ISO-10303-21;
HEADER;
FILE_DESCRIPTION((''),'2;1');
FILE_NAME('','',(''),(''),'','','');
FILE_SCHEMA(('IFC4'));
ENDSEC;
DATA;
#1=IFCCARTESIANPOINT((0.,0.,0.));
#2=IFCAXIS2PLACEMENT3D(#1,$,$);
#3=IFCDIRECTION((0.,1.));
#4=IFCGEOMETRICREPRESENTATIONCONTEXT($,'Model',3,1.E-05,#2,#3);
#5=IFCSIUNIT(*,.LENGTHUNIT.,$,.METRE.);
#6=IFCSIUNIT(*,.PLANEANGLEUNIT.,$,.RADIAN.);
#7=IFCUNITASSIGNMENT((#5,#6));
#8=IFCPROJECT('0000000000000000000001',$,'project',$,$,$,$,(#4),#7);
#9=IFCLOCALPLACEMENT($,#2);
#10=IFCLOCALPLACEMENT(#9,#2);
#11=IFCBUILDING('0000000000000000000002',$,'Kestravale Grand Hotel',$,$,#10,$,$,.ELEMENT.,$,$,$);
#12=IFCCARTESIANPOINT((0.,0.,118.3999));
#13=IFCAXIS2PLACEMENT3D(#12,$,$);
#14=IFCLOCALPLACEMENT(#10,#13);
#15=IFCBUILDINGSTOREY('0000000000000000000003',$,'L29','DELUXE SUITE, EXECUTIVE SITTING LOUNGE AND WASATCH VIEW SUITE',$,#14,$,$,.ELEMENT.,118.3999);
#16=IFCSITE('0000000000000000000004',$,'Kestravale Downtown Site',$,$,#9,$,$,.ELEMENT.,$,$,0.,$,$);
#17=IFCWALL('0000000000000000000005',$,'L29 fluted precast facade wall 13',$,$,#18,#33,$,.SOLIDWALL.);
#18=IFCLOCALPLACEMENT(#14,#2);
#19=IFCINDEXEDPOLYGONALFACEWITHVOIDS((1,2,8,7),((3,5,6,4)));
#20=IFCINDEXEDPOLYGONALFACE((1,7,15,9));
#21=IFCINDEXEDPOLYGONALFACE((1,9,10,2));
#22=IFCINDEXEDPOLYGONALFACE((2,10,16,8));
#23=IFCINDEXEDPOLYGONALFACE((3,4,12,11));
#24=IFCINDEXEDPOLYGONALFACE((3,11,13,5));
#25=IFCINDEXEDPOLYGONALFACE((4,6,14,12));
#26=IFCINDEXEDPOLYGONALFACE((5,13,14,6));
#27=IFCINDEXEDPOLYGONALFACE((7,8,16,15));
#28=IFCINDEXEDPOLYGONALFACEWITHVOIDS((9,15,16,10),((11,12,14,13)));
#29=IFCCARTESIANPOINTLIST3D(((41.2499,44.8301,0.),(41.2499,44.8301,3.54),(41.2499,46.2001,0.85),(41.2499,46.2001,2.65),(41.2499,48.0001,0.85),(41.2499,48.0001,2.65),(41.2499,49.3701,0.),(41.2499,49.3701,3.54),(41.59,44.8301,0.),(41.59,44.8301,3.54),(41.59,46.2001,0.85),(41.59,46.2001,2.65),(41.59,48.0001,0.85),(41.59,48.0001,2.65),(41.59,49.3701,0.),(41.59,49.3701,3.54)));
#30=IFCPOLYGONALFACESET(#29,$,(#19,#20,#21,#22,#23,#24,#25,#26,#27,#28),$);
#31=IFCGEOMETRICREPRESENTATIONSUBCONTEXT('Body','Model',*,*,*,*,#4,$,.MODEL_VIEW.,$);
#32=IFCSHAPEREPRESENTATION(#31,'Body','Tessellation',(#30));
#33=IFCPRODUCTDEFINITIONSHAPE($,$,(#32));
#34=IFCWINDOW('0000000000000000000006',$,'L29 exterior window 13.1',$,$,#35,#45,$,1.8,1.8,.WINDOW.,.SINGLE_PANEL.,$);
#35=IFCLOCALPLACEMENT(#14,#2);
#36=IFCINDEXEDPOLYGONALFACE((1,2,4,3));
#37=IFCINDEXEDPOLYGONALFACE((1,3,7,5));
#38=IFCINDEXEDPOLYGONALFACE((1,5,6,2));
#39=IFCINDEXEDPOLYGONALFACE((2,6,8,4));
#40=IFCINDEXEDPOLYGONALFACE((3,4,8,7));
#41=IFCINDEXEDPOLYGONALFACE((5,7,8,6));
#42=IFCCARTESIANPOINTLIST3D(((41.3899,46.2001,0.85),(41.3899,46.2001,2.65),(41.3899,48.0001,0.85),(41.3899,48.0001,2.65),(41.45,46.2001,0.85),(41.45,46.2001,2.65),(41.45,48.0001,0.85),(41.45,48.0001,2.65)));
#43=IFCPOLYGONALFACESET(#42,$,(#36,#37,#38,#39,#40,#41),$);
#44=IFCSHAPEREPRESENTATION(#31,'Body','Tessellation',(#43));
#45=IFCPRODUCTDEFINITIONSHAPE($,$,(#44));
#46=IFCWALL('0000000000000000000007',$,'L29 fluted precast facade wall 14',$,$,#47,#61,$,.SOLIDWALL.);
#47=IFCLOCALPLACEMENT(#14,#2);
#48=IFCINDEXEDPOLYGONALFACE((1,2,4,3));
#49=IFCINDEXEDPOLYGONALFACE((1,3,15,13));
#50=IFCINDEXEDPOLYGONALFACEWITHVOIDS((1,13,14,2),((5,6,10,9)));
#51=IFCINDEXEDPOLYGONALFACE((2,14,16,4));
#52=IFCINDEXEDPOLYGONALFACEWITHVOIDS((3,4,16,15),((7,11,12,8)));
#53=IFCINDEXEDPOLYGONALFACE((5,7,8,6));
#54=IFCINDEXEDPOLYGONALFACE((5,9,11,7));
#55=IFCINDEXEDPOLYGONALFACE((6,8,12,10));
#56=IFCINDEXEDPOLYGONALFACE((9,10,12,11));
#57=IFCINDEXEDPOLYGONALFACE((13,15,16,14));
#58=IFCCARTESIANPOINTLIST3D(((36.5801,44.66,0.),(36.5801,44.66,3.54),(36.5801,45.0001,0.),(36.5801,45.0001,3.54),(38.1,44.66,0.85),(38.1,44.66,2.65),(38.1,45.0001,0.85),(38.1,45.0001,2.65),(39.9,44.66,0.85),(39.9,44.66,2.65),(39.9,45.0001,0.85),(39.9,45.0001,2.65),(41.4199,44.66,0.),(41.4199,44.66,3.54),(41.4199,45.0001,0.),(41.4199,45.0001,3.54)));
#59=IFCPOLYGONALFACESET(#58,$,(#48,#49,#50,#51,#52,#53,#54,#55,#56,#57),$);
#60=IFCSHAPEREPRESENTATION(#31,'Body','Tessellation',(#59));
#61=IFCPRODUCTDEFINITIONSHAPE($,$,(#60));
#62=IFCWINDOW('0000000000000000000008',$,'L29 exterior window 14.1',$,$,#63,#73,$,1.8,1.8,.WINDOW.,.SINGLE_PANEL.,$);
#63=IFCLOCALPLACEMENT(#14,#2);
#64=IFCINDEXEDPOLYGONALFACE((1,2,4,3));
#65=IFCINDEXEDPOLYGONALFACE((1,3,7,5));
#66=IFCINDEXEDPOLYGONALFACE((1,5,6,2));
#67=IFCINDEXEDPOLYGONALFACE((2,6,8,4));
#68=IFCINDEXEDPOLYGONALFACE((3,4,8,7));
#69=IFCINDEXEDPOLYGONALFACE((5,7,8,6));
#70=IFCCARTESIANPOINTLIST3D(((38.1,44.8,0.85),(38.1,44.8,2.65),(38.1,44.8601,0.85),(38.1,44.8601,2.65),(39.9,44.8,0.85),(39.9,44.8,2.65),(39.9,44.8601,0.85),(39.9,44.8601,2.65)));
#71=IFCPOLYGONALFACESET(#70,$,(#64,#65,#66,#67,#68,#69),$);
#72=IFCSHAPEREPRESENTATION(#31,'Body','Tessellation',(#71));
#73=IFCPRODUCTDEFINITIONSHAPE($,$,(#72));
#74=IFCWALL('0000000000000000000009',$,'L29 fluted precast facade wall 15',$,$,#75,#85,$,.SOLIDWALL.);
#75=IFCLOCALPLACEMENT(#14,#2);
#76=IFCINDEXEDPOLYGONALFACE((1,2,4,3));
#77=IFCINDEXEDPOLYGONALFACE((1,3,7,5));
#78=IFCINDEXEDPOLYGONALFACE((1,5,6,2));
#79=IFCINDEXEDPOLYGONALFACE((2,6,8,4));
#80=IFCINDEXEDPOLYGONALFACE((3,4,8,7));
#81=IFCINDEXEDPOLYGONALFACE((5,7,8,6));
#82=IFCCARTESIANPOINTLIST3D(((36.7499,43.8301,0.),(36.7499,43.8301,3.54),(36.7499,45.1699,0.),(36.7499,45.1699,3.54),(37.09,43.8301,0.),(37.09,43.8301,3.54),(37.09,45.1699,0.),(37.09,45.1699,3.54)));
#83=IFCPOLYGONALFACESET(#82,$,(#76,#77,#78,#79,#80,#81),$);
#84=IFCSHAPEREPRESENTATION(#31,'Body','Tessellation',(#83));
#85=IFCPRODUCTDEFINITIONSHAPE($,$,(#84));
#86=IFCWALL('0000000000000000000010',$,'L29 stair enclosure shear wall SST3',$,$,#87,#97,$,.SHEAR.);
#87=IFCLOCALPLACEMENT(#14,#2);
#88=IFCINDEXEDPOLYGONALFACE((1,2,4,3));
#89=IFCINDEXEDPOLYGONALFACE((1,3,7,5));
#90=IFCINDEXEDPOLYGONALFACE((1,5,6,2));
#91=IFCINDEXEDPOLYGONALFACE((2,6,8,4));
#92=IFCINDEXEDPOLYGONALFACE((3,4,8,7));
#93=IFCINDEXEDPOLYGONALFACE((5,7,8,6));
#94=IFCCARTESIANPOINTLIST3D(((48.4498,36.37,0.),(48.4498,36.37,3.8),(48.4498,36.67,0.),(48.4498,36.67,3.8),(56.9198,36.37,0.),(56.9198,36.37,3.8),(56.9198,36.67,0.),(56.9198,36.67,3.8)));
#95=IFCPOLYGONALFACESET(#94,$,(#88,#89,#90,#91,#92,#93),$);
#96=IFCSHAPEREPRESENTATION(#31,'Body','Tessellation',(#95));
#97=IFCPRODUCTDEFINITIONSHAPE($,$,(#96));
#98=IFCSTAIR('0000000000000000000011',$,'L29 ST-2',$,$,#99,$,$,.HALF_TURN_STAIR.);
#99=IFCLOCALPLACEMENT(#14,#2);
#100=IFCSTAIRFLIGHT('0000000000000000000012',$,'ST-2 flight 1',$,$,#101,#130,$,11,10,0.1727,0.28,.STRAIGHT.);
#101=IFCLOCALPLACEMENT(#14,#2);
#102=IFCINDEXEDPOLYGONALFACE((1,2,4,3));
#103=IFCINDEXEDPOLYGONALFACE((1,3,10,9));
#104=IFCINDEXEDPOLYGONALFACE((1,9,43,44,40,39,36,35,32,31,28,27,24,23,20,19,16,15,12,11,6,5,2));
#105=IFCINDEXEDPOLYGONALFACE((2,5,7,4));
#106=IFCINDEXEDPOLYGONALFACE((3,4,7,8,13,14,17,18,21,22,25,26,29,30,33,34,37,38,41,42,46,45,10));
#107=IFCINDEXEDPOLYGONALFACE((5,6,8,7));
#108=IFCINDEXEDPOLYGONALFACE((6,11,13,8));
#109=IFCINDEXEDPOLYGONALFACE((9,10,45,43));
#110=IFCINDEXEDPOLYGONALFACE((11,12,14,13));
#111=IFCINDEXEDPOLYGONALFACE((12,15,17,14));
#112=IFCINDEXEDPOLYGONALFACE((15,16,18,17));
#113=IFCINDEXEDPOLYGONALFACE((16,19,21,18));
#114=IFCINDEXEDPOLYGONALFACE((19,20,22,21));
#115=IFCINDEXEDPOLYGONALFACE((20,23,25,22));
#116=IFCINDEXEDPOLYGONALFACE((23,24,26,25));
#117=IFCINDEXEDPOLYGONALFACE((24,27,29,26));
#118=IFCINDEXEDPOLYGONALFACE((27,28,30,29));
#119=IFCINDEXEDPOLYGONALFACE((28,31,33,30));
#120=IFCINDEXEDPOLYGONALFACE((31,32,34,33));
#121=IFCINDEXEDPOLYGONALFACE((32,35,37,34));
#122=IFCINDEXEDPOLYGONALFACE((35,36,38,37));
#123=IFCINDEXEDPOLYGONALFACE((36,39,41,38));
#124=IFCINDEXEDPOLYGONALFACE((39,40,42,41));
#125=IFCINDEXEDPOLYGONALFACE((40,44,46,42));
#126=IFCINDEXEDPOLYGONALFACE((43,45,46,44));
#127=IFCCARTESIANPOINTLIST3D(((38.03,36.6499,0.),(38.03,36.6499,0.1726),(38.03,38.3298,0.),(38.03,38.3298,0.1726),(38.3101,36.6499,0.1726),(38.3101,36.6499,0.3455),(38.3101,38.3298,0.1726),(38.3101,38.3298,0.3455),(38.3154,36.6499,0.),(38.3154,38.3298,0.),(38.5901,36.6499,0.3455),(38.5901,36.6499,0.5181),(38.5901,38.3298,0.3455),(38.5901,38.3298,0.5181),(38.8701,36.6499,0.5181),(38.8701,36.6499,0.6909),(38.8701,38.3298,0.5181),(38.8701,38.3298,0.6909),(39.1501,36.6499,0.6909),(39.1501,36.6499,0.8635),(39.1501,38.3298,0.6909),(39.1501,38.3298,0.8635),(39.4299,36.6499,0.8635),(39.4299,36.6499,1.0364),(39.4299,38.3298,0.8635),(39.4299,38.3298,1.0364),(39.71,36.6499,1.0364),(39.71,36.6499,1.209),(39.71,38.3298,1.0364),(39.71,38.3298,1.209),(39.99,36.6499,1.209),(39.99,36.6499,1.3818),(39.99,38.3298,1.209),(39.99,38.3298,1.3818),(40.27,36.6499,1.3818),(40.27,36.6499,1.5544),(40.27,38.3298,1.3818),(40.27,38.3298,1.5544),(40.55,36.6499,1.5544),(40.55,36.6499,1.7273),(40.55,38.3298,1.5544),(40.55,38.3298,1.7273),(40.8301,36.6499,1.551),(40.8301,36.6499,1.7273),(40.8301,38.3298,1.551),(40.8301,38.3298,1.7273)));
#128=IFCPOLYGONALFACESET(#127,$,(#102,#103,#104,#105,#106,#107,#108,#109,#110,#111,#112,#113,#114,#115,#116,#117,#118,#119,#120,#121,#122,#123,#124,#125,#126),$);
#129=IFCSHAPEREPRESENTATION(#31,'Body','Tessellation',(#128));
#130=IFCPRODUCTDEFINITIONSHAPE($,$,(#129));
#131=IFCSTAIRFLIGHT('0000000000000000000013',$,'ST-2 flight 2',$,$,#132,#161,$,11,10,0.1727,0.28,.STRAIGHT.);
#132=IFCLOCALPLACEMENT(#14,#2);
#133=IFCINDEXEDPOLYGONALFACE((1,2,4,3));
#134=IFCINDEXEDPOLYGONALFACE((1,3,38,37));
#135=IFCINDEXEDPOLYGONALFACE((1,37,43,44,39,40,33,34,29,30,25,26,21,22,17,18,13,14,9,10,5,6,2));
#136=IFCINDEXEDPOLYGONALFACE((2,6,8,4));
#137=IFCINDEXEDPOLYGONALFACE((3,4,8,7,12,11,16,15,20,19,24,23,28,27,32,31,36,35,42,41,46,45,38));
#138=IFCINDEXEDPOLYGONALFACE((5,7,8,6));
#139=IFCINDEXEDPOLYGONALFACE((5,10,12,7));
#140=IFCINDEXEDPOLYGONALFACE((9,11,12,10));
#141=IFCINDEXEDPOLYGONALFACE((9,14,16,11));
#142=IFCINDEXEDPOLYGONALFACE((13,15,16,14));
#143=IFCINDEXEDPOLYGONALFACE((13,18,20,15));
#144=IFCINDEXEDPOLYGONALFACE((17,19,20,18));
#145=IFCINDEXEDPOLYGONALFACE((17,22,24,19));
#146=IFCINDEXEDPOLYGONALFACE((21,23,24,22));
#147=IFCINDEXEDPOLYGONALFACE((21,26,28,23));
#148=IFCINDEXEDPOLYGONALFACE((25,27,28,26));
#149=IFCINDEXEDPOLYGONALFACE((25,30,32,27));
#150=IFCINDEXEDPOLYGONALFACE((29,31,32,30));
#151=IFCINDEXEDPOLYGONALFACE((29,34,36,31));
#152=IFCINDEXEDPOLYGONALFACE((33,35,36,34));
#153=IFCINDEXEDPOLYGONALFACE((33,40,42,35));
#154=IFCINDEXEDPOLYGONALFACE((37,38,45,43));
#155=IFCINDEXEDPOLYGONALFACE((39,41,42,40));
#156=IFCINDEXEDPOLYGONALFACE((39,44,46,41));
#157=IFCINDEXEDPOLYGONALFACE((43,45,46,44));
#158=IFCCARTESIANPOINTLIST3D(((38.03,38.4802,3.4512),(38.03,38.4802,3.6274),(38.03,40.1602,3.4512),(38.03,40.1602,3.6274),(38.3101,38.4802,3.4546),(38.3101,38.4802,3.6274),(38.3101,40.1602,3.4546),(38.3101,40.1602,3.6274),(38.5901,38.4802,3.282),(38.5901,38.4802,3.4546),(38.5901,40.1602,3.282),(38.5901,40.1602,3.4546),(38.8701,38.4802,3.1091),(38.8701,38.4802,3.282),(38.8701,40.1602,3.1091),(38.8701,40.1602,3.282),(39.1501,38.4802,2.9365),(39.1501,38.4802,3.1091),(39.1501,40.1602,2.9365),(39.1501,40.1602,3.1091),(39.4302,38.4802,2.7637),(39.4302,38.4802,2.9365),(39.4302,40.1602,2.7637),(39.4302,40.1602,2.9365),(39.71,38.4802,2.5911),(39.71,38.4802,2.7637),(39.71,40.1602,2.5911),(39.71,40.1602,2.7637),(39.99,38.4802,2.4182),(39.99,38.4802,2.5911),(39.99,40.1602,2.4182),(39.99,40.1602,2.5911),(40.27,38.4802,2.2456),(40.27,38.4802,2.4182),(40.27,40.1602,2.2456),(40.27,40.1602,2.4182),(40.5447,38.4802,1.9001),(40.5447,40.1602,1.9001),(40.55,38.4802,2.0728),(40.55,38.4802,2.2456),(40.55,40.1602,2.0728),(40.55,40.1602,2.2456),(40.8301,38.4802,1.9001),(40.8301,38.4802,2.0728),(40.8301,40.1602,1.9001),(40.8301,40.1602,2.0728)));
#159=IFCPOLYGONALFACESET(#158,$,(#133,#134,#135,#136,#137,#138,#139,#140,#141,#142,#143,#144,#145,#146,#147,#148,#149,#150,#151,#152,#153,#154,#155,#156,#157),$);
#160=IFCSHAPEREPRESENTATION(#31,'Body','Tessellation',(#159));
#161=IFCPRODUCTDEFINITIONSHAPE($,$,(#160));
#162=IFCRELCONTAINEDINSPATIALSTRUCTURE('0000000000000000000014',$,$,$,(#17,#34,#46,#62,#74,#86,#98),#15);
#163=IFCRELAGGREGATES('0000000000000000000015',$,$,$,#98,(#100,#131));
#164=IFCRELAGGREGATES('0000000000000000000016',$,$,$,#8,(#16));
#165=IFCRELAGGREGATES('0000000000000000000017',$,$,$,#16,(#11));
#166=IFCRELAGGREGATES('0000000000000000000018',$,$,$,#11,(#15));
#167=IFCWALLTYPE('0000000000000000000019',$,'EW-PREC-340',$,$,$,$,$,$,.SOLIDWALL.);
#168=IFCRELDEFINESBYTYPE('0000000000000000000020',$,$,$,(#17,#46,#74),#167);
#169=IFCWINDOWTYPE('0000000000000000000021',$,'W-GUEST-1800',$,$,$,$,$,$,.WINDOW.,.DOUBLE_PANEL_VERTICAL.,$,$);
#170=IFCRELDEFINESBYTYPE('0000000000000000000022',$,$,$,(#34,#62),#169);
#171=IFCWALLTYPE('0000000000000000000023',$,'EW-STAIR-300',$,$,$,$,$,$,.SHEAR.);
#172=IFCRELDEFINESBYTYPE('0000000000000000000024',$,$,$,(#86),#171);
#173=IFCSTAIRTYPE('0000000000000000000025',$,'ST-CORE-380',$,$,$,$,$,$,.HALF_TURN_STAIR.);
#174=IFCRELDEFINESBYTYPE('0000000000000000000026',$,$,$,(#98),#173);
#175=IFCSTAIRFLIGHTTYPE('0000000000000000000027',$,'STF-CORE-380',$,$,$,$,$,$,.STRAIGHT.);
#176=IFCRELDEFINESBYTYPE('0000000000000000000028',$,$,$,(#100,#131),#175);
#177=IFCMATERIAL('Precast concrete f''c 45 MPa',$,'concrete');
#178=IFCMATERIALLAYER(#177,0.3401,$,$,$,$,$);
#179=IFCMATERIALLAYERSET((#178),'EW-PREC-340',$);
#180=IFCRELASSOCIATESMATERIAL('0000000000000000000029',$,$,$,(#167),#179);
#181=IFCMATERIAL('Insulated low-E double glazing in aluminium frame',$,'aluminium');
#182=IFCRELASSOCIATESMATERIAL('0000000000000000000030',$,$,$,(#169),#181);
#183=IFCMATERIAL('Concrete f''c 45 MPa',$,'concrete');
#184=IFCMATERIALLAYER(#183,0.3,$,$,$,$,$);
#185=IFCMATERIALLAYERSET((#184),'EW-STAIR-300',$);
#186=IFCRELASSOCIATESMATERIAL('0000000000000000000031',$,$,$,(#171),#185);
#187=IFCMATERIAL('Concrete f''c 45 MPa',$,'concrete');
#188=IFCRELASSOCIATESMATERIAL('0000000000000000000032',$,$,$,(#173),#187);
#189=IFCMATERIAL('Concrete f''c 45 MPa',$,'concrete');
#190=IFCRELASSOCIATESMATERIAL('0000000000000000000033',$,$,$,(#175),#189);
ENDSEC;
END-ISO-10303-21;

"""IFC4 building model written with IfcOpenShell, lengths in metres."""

from ifc_helpers import new_model, si_unit, direction, frame, frame_2d, origin, place, context, subcontext, project, spatial, polyline, rectangle, outline, extrude, material, layer, layer_set, type_object, element, fill, aggregate, save


model = new_model("IFC4")

# Units and contexts
model_context = context("Model", 3, precision=1e-05, world=origin(), true_north=direction((0.0, 1.0)))
body_context = subcontext(model_context, "Body", "Model", "MODEL_VIEW")
ifc_project = project(units=[si_unit("LENGTHUNIT", "METRE"), si_unit("PLANEANGLEUNIT", "RADIAN")], contexts=[model_context])

# Site, building, storey
site_placement = place(None, origin())
site = spatial("IfcSite", under=ifc_project, at=site_placement, Name="Kestravale Downtown Site", CompositionType="ELEMENT", RefElevation=0.0)
building_placement = place(site_placement, origin())
building = spatial("IfcBuilding", under=site, at=building_placement, Name="Kestravale Grand Hotel", CompositionType="ELEMENT")
storey_placement = place(building_placement, frame((0.0, 0.0, 118.3999)))
storey = spatial("IfcBuildingStorey", under=building, at=storey_placement, Name="L29", Description="DELUXE SUITE, EXECUTIVE SITTING LOUNGE AND WASATCH VIEW SUITE", CompositionType="ELEMENT", Elevation=118.3999)

# Shared definitions
ifc_material_1 = material(Name="Precast concrete f'c 45 MPa", Category="concrete")
ifc_layer_1 = layer(ifc_material_1, 0.3401)
ifc_layer_set_1 = layer_set([ifc_layer_1], Name="EW-PREC-340")
wall_type_1 = type_object("IfcWallType", Name="EW-PREC-340", PredefinedType="SOLIDWALL", material=ifc_layer_set_1)

# Walls, openings, windows
wall_1_placement = place(storey_placement, frame((41.4199, 49.3701, 0.0), z_axis=(0.0, 0.0, 1.0), x_axis=(0.0, -1.0, 0.0)))
wall_1 = element("IfcWall", 1, at=wall_1_placement, inside=storey, type_object=wall_type_1, Name="L29 fluted precast facade wall 13", PredefinedType="SOLIDWALL", context=body_context, shape_type="SweptSolid", body=[
    extrude(rectangle(XDim=4.54, YDim=0.3401, at=frame_2d((2.27, 0.0))), origin(), (0.0, 0.0, 1.0), 3.54),
])
opening_1_placement = place(wall_1_placement, frame((1.3701, 0.0, 0.8501)))
opening_1 = element("IfcOpeningElement", 2, at=opening_1_placement, cuts=wall_1, PredefinedType="OPENING", context=body_context, shape_type="SweptSolid", body=[
    extrude(rectangle(XDim=1.8, YDim=1.8, at=frame_2d((0.8999, 0.8999))), frame((0.0, 0.1799, 0.0), z_axis=(0.0, -1.0, 0.0), x_axis=(1.0, 0.0, 0.0)), (0.0, 0.0, 1.0), 0.3601),
])
ifc_material_2 = material(Name="Insulated low-E double glazing in aluminium frame", Category="aluminium")
window_type = type_object("IfcWindowType", Name="W-GUEST-1800", PartitioningType="DOUBLE_PANEL_VERTICAL", PredefinedType="WINDOW", material=ifc_material_2)
window_1_placement = place(opening_1_placement, origin())
window_1 = element("IfcWindow", 3, at=window_1_placement, inside=storey, type_object=window_type, Name="L29 exterior window 13.1", OverallHeight=1.8, OverallWidth=1.8, PartitioningType="SINGLE_PANEL", PredefinedType="WINDOW", context=body_context, shape_type="SweptSolid", body=[
    extrude(rectangle(XDim=1.8, YDim=1.8, at=frame_2d((0.8999, 0.8999))), frame((0.0, 0.03, 0.0), z_axis=(0.0, -1.0, 0.0), x_axis=(1.0, 0.0, 0.0)), (0.0, 0.0, 1.0), 0.0601),
])
fill(opening_1, window_1)
wall_2_placement = place(storey_placement, frame((41.4199, 44.8301, 0.0), z_axis=(0.0, 0.0, 1.0), x_axis=(-1.0, 0.0, 0.0)))
wall_2 = element("IfcWall", 4, at=wall_2_placement, inside=storey, type_object=wall_type_1, Name="L29 fluted precast facade wall 14", PredefinedType="SOLIDWALL", context=body_context, shape_type="SweptSolid", body=[
    extrude(rectangle(XDim=4.8398, YDim=0.3401, at=frame_2d((2.4199, 0.0))), origin(), (0.0, 0.0, 1.0), 3.54),
])
opening_2_placement = place(wall_2_placement, frame((1.52, 0.0, 0.8501)))
opening_2 = element("IfcOpeningElement", 5, at=opening_2_placement, cuts=wall_2, PredefinedType="OPENING", context=body_context, shape_type="SweptSolid", body=[
    extrude(rectangle(XDim=1.8, YDim=1.8, at=frame_2d((0.8999, 0.8999))), frame((0.0, 0.1799, 0.0), z_axis=(0.0, -1.0, 0.0), x_axis=(1.0, 0.0, 0.0)), (0.0, 0.0, 1.0), 0.3601),
])
window_2_placement = place(opening_2_placement, origin())
window_2 = element("IfcWindow", 6, at=window_2_placement, inside=storey, type_object=window_type, Name="L29 exterior window 14.1", OverallHeight=1.8, OverallWidth=1.8, PartitioningType="SINGLE_PANEL", PredefinedType="WINDOW", context=body_context, shape_type="SweptSolid", body=[
    extrude(rectangle(XDim=1.8, YDim=1.8, at=frame_2d((0.8999, 0.8999))), frame((0.0, 0.03, 0.0), z_axis=(0.0, -1.0, 0.0), x_axis=(1.0, 0.0, 0.0)), (0.0, 0.0, 1.0), 0.0601),
])
fill(opening_2, window_2)

# Walls
wall_3_placement = place(storey_placement, frame((36.9199, 45.1699, 0.0), z_axis=(0.0, 0.0, 1.0), x_axis=(0.0, -1.0, 0.0)))
element("IfcWall", 7, at=wall_3_placement, inside=storey, type_object=wall_type_1, Name="L29 fluted precast facade wall 15", PredefinedType="SOLIDWALL", context=body_context, shape_type="SweptSolid", body=[
    extrude(rectangle(XDim=1.3398, YDim=0.3401, at=frame_2d((0.6699, 0.0))), origin(), (0.0, 0.0, 1.0), 3.54),
])
ifc_material_3 = material(Name="Concrete f'c 45 MPa", Category="concrete")
ifc_layer_2 = layer(ifc_material_3, 0.3)
ifc_layer_set_2 = layer_set([ifc_layer_2], Name="EW-STAIR-300")
wall_type_2 = type_object("IfcWallType", Name="EW-STAIR-300", PredefinedType="SHEAR", material=ifc_layer_set_2)
wall_4_placement = place(storey_placement, frame((48.45, 36.52, 0.0), z_axis=(0.0, 0.0, 1.0), x_axis=(1.0, 0.0, 0.0)))
element("IfcWall", 8, at=wall_4_placement, inside=storey, type_object=wall_type_2, Name="L29 stair enclosure shear wall SST3", PredefinedType="SHEAR", context=body_context, shape_type="SweptSolid", body=[
    extrude(rectangle(XDim=8.47, YDim=0.3, at=frame_2d((4.2349, 0.0))), origin(), (0.0, 0.0, 1.0), 3.8),
])

# Stair, stair flights
ifc_material_4 = material(Name="Concrete f'c 45 MPa", Category="concrete")
stair_type = type_object("IfcStairType", Name="ST-CORE-380", PredefinedType="HALF_TURN_STAIR", material=ifc_material_4)
stair_placement = place(storey_placement, origin())
stair = element("IfcStair", 9, at=stair_placement, inside=storey, type_object=stair_type, Name="L29 ST-2", PredefinedType="HALF_TURN_STAIR")
ifc_material_5 = material(Name="Concrete f'c 45 MPa", Category="concrete")
stair_flight_type = type_object("IfcStairFlightType", Name="STF-CORE-380", PredefinedType="STRAIGHT", material=ifc_material_5)
stair_flight_1_placement = place(storey_placement, frame((38.03, 37.49, 0.0), z_axis=(0.0, 0.0, 1.0), x_axis=(1.0, 0.0, 0.0)))
stair_flight_1 = element("IfcStairFlight", 10, at=stair_flight_1_placement, type_object=stair_flight_type, Name="ST-2 flight 1", NumberOfRisers=11, NumberOfTreads=10, PredefinedType="STRAIGHT", RiserHeight=0.1727, TreadLength=0.28, context=body_context, shape_type="SweptSolid", body=[
    extrude(outline(polyline([(0.0, 0.0), (0.0, 0.1726), (0.28, 0.1726), (0.28, 0.3455), (0.5601, 0.3455), (0.5601, 0.5181), (0.8401, 0.5181), (0.8401, 0.6909), (1.1201, 0.6909), (1.1201, 0.8635), (1.3999, 0.8635), (1.3999, 1.0364), (1.6799, 1.0364), (1.6799, 1.209), (1.96, 1.209), (1.96, 1.3818), (2.24, 1.3818), (2.24, 1.5544), (2.52, 1.5544), (2.52, 1.7273), (2.8, 1.7273), (2.8, 1.8999), (2.8, 1.551), (0.2854, 0.0), (0.0, 0.0)])), frame((0.0, 0.8398, 0.0), z_axis=(0.0, -1.0, 0.0), x_axis=(1.0, 0.0, 0.0)), (0.0, 0.0, 1.0), 1.6799),
])
stair_flight_2_placement = place(storey_placement, frame((40.8301, 39.3201, 1.9001), z_axis=(0.0, 0.0, 1.0), x_axis=(-1.0, 0.0, 0.0)))
stair_flight_2 = element("IfcStairFlight", 11, at=stair_flight_2_placement, type_object=stair_flight_type, Name="ST-2 flight 2", NumberOfRisers=11, NumberOfTreads=10, PredefinedType="STRAIGHT", RiserHeight=0.1727, TreadLength=0.28, context=body_context, shape_type="SweptSolid", body=[
    extrude(outline(polyline([(0.0, 0.0), (0.0, 0.1726), (0.28, 0.1726), (0.28, 0.3455), (0.5601, 0.3455), (0.5601, 0.5181), (0.8401, 0.5181), (0.8401, 0.6909), (1.1201, 0.6909), (1.1201, 0.8635), (1.3999, 0.8635), (1.3999, 1.0364), (1.6799, 1.0364), (1.6799, 1.209), (1.96, 1.209), (1.96, 1.3818), (2.24, 1.3818), (2.24, 1.5544), (2.52, 1.5544), (2.52, 1.7273), (2.8, 1.7273), (2.8, 1.8999), (2.8, 1.551), (0.2854, 0.0), (0.0, 0.0)])), frame((0.0, 0.8398, 0.0), z_axis=(0.0, -1.0, 0.0), x_axis=(1.0, 0.0, 0.0)), (0.0, 0.0, 1.0), 1.6799),
])
aggregate(stair, [stair_flight_1, stair_flight_2])

save(model, "model.ifc")
